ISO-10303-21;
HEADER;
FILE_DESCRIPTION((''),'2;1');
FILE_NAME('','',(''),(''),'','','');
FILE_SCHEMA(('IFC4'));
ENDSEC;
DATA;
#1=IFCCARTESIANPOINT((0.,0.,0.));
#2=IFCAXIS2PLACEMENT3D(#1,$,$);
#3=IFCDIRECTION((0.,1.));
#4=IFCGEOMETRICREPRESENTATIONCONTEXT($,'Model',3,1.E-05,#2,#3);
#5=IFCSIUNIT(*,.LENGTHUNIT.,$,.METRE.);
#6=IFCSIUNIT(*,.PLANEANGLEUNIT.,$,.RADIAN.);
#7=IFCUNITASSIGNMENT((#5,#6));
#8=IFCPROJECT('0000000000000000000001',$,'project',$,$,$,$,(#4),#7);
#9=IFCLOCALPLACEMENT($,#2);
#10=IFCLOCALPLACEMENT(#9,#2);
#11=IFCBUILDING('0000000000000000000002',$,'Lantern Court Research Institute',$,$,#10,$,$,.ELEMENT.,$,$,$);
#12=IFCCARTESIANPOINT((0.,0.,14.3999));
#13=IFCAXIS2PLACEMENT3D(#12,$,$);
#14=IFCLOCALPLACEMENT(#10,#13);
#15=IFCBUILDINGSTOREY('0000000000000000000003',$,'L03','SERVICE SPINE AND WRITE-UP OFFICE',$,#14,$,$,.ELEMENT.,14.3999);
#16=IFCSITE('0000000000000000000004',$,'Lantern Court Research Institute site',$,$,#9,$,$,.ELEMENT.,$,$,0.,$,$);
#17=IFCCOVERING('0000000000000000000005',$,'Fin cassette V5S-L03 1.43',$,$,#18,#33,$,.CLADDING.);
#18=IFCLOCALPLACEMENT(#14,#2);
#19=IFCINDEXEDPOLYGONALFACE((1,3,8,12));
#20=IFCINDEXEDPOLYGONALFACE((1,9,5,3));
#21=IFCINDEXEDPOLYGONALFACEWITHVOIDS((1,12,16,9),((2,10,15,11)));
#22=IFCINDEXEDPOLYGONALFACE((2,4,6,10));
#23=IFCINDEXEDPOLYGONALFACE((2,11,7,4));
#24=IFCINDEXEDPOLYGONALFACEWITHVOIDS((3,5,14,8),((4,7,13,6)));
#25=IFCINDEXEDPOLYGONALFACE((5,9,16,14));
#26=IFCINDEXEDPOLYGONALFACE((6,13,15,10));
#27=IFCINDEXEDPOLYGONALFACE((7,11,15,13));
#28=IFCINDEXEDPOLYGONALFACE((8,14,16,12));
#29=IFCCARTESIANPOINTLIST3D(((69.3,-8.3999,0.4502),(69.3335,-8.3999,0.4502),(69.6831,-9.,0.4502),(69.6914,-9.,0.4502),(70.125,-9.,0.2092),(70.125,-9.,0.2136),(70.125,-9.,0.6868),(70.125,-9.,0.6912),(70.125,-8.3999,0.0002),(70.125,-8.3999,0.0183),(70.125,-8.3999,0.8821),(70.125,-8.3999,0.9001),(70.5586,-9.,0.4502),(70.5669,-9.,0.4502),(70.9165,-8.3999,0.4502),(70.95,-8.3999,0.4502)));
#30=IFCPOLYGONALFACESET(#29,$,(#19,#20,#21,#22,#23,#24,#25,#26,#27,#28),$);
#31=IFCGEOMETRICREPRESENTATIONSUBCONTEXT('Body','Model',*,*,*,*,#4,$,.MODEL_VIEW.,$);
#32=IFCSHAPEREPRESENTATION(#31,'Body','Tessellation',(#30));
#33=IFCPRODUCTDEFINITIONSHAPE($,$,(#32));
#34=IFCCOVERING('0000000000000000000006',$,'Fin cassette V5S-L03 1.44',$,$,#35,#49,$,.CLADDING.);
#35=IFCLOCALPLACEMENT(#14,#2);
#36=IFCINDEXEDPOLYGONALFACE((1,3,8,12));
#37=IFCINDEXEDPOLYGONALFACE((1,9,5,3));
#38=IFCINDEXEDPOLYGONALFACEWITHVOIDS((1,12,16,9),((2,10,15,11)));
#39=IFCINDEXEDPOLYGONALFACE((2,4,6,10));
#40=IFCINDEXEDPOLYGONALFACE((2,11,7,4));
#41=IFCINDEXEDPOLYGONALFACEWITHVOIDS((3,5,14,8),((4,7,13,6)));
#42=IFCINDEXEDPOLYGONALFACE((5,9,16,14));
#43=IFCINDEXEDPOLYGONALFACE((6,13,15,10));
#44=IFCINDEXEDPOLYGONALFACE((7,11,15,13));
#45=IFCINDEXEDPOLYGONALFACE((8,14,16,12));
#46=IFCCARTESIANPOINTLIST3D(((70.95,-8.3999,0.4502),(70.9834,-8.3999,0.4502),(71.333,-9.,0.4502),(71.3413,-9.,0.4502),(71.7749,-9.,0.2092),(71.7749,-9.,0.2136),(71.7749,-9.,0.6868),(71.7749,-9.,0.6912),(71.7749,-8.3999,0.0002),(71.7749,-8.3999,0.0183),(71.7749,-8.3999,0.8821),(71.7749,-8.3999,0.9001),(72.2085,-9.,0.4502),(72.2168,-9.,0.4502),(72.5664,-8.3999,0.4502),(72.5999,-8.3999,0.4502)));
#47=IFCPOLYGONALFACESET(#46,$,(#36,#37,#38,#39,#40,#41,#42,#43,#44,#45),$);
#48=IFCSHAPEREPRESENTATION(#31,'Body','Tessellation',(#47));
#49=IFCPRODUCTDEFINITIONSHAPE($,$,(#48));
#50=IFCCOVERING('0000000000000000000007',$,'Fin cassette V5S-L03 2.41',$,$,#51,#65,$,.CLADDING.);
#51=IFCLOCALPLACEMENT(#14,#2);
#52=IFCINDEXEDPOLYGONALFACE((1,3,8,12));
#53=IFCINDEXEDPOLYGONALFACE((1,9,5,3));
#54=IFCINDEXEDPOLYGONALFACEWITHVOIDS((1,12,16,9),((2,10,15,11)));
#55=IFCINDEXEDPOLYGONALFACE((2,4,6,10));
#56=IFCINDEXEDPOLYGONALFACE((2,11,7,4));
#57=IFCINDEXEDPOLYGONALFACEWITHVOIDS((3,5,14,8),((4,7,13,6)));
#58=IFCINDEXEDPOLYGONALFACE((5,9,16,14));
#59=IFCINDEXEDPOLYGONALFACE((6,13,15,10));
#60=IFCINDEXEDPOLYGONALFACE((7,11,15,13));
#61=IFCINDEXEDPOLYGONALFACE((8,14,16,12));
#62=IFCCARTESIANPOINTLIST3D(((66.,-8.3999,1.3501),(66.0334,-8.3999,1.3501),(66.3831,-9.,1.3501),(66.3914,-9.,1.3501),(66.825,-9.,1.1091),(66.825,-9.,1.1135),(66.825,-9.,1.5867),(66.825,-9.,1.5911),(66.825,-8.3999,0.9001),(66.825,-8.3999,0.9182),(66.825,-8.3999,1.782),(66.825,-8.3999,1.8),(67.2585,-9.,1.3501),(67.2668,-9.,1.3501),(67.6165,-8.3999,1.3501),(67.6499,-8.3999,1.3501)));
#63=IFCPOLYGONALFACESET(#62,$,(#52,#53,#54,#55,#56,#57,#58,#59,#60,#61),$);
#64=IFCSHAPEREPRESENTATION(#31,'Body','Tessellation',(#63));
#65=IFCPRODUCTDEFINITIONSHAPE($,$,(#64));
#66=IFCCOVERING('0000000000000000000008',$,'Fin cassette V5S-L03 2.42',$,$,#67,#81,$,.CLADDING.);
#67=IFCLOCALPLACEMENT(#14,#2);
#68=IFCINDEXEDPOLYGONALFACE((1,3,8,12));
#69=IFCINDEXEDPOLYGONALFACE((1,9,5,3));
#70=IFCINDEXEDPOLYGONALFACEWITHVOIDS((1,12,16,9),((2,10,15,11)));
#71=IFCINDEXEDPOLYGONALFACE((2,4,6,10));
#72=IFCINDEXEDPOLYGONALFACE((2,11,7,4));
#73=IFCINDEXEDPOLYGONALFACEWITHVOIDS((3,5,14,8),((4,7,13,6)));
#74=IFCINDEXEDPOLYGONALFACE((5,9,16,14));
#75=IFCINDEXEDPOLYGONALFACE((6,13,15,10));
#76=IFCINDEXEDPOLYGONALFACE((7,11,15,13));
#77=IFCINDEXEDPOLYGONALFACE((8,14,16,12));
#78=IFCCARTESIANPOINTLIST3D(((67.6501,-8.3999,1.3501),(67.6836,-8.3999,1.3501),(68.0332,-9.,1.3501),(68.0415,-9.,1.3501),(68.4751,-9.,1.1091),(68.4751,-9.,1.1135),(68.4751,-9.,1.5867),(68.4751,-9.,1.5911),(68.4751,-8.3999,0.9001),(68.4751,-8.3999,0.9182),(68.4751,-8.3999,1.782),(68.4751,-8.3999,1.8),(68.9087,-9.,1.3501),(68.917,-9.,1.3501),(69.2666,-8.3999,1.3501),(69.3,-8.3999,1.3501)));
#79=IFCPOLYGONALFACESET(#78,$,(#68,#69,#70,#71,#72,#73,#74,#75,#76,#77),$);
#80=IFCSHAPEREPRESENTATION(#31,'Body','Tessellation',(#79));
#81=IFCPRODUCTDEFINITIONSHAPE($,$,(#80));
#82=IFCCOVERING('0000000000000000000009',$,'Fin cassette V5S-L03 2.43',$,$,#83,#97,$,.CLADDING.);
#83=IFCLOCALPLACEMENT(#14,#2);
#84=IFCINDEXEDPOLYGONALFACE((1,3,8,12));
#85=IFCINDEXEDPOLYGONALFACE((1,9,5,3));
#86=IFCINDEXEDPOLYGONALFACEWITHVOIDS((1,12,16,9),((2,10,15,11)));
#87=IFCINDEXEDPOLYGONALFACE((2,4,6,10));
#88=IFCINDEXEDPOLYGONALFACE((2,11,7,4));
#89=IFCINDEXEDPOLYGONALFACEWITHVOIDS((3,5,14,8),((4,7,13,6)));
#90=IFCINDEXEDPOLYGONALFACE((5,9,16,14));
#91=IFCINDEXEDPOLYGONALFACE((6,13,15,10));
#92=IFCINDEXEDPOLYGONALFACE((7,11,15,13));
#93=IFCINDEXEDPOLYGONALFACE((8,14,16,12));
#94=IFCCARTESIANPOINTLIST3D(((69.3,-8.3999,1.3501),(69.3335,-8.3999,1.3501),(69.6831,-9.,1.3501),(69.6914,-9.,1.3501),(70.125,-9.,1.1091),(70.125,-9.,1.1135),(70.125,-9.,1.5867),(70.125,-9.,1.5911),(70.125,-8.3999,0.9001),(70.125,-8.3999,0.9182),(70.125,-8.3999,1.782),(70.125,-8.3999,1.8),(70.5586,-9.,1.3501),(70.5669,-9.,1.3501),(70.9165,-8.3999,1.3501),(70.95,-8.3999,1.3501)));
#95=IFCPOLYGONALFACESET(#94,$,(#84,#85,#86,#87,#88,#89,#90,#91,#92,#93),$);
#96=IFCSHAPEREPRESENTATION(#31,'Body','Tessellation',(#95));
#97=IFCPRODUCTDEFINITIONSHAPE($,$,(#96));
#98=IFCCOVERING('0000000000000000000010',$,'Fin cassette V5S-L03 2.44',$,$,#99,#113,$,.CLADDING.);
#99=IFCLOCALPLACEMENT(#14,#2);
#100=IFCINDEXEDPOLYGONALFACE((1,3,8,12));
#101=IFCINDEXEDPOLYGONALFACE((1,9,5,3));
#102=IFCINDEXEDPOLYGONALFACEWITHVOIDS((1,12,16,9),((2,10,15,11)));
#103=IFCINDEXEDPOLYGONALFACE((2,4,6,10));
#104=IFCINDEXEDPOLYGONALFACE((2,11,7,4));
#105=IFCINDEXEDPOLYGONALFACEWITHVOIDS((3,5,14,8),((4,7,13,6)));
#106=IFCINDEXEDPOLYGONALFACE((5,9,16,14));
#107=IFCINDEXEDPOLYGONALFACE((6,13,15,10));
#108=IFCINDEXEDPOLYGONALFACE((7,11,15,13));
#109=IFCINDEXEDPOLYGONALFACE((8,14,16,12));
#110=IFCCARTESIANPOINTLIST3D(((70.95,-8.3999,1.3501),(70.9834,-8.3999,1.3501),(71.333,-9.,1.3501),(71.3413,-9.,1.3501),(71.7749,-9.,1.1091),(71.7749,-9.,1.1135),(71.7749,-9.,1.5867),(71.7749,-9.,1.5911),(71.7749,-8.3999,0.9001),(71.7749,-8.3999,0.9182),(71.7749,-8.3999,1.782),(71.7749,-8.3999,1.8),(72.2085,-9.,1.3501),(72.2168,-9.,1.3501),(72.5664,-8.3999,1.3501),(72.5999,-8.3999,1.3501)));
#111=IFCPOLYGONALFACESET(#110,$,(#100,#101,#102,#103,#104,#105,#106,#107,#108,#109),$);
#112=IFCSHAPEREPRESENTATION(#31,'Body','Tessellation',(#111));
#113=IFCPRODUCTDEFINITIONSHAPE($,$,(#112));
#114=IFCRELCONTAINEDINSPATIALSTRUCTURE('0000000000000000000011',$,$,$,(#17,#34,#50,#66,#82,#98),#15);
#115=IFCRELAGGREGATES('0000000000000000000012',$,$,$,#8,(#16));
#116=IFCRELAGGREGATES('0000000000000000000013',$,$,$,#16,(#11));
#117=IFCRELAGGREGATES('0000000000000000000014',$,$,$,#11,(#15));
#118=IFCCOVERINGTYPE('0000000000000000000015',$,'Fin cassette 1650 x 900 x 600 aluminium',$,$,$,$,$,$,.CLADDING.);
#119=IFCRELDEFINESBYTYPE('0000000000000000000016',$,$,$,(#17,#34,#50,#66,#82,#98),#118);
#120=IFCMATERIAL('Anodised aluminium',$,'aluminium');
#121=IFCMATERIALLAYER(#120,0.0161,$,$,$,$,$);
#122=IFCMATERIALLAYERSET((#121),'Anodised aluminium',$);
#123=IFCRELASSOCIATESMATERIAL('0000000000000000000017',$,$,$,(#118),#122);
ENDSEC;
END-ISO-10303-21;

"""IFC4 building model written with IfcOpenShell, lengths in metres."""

from ifc_helpers import new_model, entity, si_unit, direction, frame, origin, place, context, subcontext, project, spatial, material, layer, layer_set, type_object, element, save


model = new_model("IFC4")

# Units and contexts
model_context = context("Model", 3, precision=1e-05, world=origin(), true_north=direction((0.0, 1.0)))
body_context = subcontext(model_context, "Body", "Model", "MODEL_VIEW")
ifc_project = project(units=[si_unit("LENGTHUNIT", "METRE"), si_unit("PLANEANGLEUNIT", "RADIAN")], contexts=[model_context])

# Site, building, storey
site_placement = place(None, origin())
site = spatial("IfcSite", under=ifc_project, at=site_placement, Name="Lantern Court Research Institute site", CompositionType="ELEMENT", RefElevation=0.0)
building_placement = place(site_placement, origin())
building = spatial("IfcBuilding", under=site, at=building_placement, Name="Lantern Court Research Institute", CompositionType="ELEMENT")
storey_placement = place(building_placement, frame((0.0, 0.0, 14.3999)))
storey = spatial("IfcBuildingStorey", under=building, at=storey_placement, Name="L03", Description="SERVICE SPINE AND WRITE-UP OFFICE", CompositionType="ELEMENT", Elevation=14.3999)

# Coverings
ifc_material_1 = material(Name="Anodised aluminium", Category="aluminium")
ifc_layer_1 = layer(ifc_material_1, 0.0161)
ifc_layer_set_1 = layer_set([ifc_layer_1], Name="Anodised aluminium")
covering_type = type_object("IfcCoveringType", Name="Fin cassette 1650 x 900 x 600 aluminium", PredefinedType="CLADDING", material=ifc_layer_set_1)
covering_1_placement = place(storey_placement, frame((70.125, -8.3999, 0.4502), z_axis=(0.0, -1.0, 0.0), x_axis=(1.0, 0.0, 0.0)))
cartesian_point_1 = entity("IfcCartesianPoint", [0.825, 0.0])
cartesian_point_2 = entity("IfcCartesianPoint", [0.7915, 0.0])
cartesian_point_3 = entity("IfcCartesianPoint", [0.4419, 0.0])
cartesian_point_4 = entity("IfcCartesianPoint", [0.4336, 0.0])
element("IfcCovering", 1, at=covering_1_placement, inside=storey, type_object=covering_type, Name="Fin cassette V5S-L03 1.43", PredefinedType="CLADDING", context=body_context, shape_type="SweptSolid", body=[
    entity("IfcExtrudedAreaSolidTapered", entity("IfcArbitraryProfileDefWithVoids", "AREA", None, entity("IfcPolyline", [cartesian_point_1, entity("IfcCartesianPoint", [0.0, 0.45]), entity("IfcCartesianPoint", [-0.825, 0.0]), entity("IfcCartesianPoint", [0.0, -0.45]), cartesian_point_1]), [entity("IfcPolyline", [cartesian_point_2, entity("IfcCartesianPoint", [0.0, 0.4319]), entity("IfcCartesianPoint", [-0.7915, 0.0]), entity("IfcCartesianPoint", [0.0, -0.4319]), cartesian_point_2])]), entity("IfcAxis2Placement3D", entity("IfcCartesianPoint", [0.0, 0.0, 0.0])), entity("IfcDirection", [0.0, 0.0, 1.0]), 0.6001, entity("IfcArbitraryProfileDefWithVoids", "AREA", None, entity("IfcPolyline", [cartesian_point_3, entity("IfcCartesianPoint", [0.0, 0.241]), entity("IfcCartesianPoint", [-0.4419, 0.0]), entity("IfcCartesianPoint", [0.0, -0.241]), cartesian_point_3]), [entity("IfcPolyline", [cartesian_point_4, entity("IfcCartesianPoint", [0.0, 0.2366]), entity("IfcCartesianPoint", [-0.4336, 0.0]), entity("IfcCartesianPoint", [0.0, -0.2366]), cartesian_point_4])])),
])
covering_2_placement = place(storey_placement, frame((71.7749, -8.3999, 0.4502), z_axis=(0.0, -1.0, 0.0), x_axis=(1.0, 0.0, 0.0)))
cartesian_point_5 = entity("IfcCartesianPoint", [0.825, 0.0])
cartesian_point_6 = entity("IfcCartesianPoint", [0.7915, 0.0])
cartesian_point_7 = entity("IfcCartesianPoint", [0.4419, 0.0])
cartesian_point_8 = entity("IfcCartesianPoint", [0.4336, 0.0])
element("IfcCovering", 2, at=covering_2_placement, inside=storey, type_object=covering_type, Name="Fin cassette V5S-L03 1.44", PredefinedType="CLADDING", context=body_context, shape_type="SweptSolid", body=[
    entity("IfcExtrudedAreaSolidTapered", entity("IfcArbitraryProfileDefWithVoids", "AREA", None, entity("IfcPolyline", [cartesian_point_5, entity("IfcCartesianPoint", [0.0, 0.45]), entity("IfcCartesianPoint", [-0.825, 0.0]), entity("IfcCartesianPoint", [0.0, -0.45]), cartesian_point_5]), [entity("IfcPolyline", [cartesian_point_6, entity("IfcCartesianPoint", [0.0, 0.4319]), entity("IfcCartesianPoint", [-0.7915, 0.0]), entity("IfcCartesianPoint", [0.0, -0.4319]), cartesian_point_6])]), entity("IfcAxis2Placement3D", entity("IfcCartesianPoint", [0.0, 0.0, 0.0])), entity("IfcDirection", [0.0, 0.0, 1.0]), 0.6001, entity("IfcArbitraryProfileDefWithVoids", "AREA", None, entity("IfcPolyline", [cartesian_point_7, entity("IfcCartesianPoint", [0.0, 0.241]), entity("IfcCartesianPoint", [-0.4419, 0.0]), entity("IfcCartesianPoint", [0.0, -0.241]), cartesian_point_7]), [entity("IfcPolyline", [cartesian_point_8, entity("IfcCartesianPoint", [0.0, 0.2366]), entity("IfcCartesianPoint", [-0.4336, 0.0]), entity("IfcCartesianPoint", [0.0, -0.2366]), cartesian_point_8])])),
])
covering_3_placement = place(storey_placement, frame((66.825, -8.3999, 1.3501), z_axis=(0.0, -1.0, 0.0), x_axis=(1.0, 0.0, 0.0)))
cartesian_point_9 = entity("IfcCartesianPoint", [0.825, 0.0])
cartesian_point_10 = entity("IfcCartesianPoint", [0.7915, 0.0])
cartesian_point_11 = entity("IfcCartesianPoint", [0.4419, 0.0])
cartesian_point_12 = entity("IfcCartesianPoint", [0.4336, 0.0])
element("IfcCovering", 3, at=covering_3_placement, inside=storey, type_object=covering_type, Name="Fin cassette V5S-L03 2.41", PredefinedType="CLADDING", context=body_context, shape_type="SweptSolid", body=[
    entity("IfcExtrudedAreaSolidTapered", entity("IfcArbitraryProfileDefWithVoids", "AREA", None, entity("IfcPolyline", [cartesian_point_9, entity("IfcCartesianPoint", [0.0, 0.45]), entity("IfcCartesianPoint", [-0.825, 0.0]), entity("IfcCartesianPoint", [0.0, -0.45]), cartesian_point_9]), [entity("IfcPolyline", [cartesian_point_10, entity("IfcCartesianPoint", [0.0, 0.4319]), entity("IfcCartesianPoint", [-0.7915, 0.0]), entity("IfcCartesianPoint", [0.0, -0.4319]), cartesian_point_10])]), entity("IfcAxis2Placement3D", entity("IfcCartesianPoint", [0.0, 0.0, 0.0])), entity("IfcDirection", [0.0, 0.0, 1.0]), 0.6001, entity("IfcArbitraryProfileDefWithVoids", "AREA", None, entity("IfcPolyline", [cartesian_point_11, entity("IfcCartesianPoint", [0.0, 0.241]), entity("IfcCartesianPoint", [-0.4419, 0.0]), entity("IfcCartesianPoint", [0.0, -0.241]), cartesian_point_11]), [entity("IfcPolyline", [cartesian_point_12, entity("IfcCartesianPoint", [0.0, 0.2366]), entity("IfcCartesianPoint", [-0.4336, 0.0]), entity("IfcCartesianPoint", [0.0, -0.2366]), cartesian_point_12])])),
])
covering_4_placement = place(storey_placement, frame((68.4751, -8.3999, 1.3501), z_axis=(0.0, -1.0, 0.0), x_axis=(1.0, 0.0, 0.0)))
cartesian_point_13 = entity("IfcCartesianPoint", [0.825, 0.0])
cartesian_point_14 = entity("IfcCartesianPoint", [0.7915, 0.0])
cartesian_point_15 = entity("IfcCartesianPoint", [0.4419, 0.0])
cartesian_point_16 = entity("IfcCartesianPoint", [0.4336, 0.0])
element("IfcCovering", 4, at=covering_4_placement, inside=storey, type_object=covering_type, Name="Fin cassette V5S-L03 2.42", PredefinedType="CLADDING", context=body_context, shape_type="SweptSolid", body=[
    entity("IfcExtrudedAreaSolidTapered", entity("IfcArbitraryProfileDefWithVoids", "AREA", None, entity("IfcPolyline", [cartesian_point_13, entity("IfcCartesianPoint", [0.0, 0.45]), entity("IfcCartesianPoint", [-0.825, 0.0]), entity("IfcCartesianPoint", [0.0, -0.45]), cartesian_point_13]), [entity("IfcPolyline", [cartesian_point_14, entity("IfcCartesianPoint", [0.0, 0.4319]), entity("IfcCartesianPoint", [-0.7915, 0.0]), entity("IfcCartesianPoint", [0.0, -0.4319]), cartesian_point_14])]), entity("IfcAxis2Placement3D", entity("IfcCartesianPoint", [0.0, 0.0, 0.0])), entity("IfcDirection", [0.0, 0.0, 1.0]), 0.6001, entity("IfcArbitraryProfileDefWithVoids", "AREA", None, entity("IfcPolyline", [cartesian_point_15, entity("IfcCartesianPoint", [0.0, 0.241]), entity("IfcCartesianPoint", [-0.4419, 0.0]), entity("IfcCartesianPoint", [0.0, -0.241]), cartesian_point_15]), [entity("IfcPolyline", [cartesian_point_16, entity("IfcCartesianPoint", [0.0, 0.2366]), entity("IfcCartesianPoint", [-0.4336, 0.0]), entity("IfcCartesianPoint", [0.0, -0.2366]), cartesian_point_16])])),
])
covering_5_placement = place(storey_placement, frame((70.125, -8.3999, 1.3501), z_axis=(0.0, -1.0, 0.0), x_axis=(1.0, 0.0, 0.0)))
cartesian_point_17 = entity("IfcCartesianPoint", [0.825, 0.0])
cartesian_point_18 = entity("IfcCartesianPoint", [0.7915, 0.0])
cartesian_point_19 = entity("IfcCartesianPoint", [0.4419, 0.0])
cartesian_point_20 = entity("IfcCartesianPoint", [0.4336, 0.0])
element("IfcCovering", 5, at=covering_5_placement, inside=storey, type_object=covering_type, Name="Fin cassette V5S-L03 2.43", PredefinedType="CLADDING", context=body_context, shape_type="SweptSolid", body=[
    entity("IfcExtrudedAreaSolidTapered", entity("IfcArbitraryProfileDefWithVoids", "AREA", None, entity("IfcPolyline", [cartesian_point_17, entity("IfcCartesianPoint", [0.0, 0.45]), entity("IfcCartesianPoint", [-0.825, 0.0]), entity("IfcCartesianPoint", [0.0, -0.45]), cartesian_point_17]), [entity("IfcPolyline", [cartesian_point_18, entity("IfcCartesianPoint", [0.0, 0.4319]), entity("IfcCartesianPoint", [-0.7915, 0.0]), entity("IfcCartesianPoint", [0.0, -0.4319]), cartesian_point_18])]), entity("IfcAxis2Placement3D", entity("IfcCartesianPoint", [0.0, 0.0, 0.0])), entity("IfcDirection", [0.0, 0.0, 1.0]), 0.6001, entity("IfcArbitraryProfileDefWithVoids", "AREA", None, entity("IfcPolyline", [cartesian_point_19, entity("IfcCartesianPoint", [0.0, 0.241]), entity("IfcCartesianPoint", [-0.4419, 0.0]), entity("IfcCartesianPoint", [0.0, -0.241]), cartesian_point_19]), [entity("IfcPolyline", [cartesian_point_20, entity("IfcCartesianPoint", [0.0, 0.2366]), entity("IfcCartesianPoint", [-0.4336, 0.0]), entity("IfcCartesianPoint", [0.0, -0.2366]), cartesian_point_20])])),
])
covering_6_placement = place(storey_placement, frame((71.7749, -8.3999, 1.3501), z_axis=(0.0, -1.0, 0.0), x_axis=(1.0, 0.0, 0.0)))
cartesian_point_21 = entity("IfcCartesianPoint", [0.825, 0.0])
cartesian_point_22 = entity("IfcCartesianPoint", [0.7915, 0.0])
cartesian_point_23 = entity("IfcCartesianPoint", [0.4419, 0.0])
cartesian_point_24 = entity("IfcCartesianPoint", [0.4336, 0.0])
element("IfcCovering", 6, at=covering_6_placement, inside=storey, type_object=covering_type, Name="Fin cassette V5S-L03 2.44", PredefinedType="CLADDING", context=body_context, shape_type="SweptSolid", body=[
    entity("IfcExtrudedAreaSolidTapered", entity("IfcArbitraryProfileDefWithVoids", "AREA", None, entity("IfcPolyline", [cartesian_point_21, entity("IfcCartesianPoint", [0.0, 0.45]), entity("IfcCartesianPoint", [-0.825, 0.0]), entity("IfcCartesianPoint", [0.0, -0.45]), cartesian_point_21]), [entity("IfcPolyline", [cartesian_point_22, entity("IfcCartesianPoint", [0.0, 0.4319]), entity("IfcCartesianPoint", [-0.7915, 0.0]), entity("IfcCartesianPoint", [0.0, -0.4319]), cartesian_point_22])]), entity("IfcAxis2Placement3D", entity("IfcCartesianPoint", [0.0, 0.0, 0.0])), entity("IfcDirection", [0.0, 0.0, 1.0]), 0.6001, entity("IfcArbitraryProfileDefWithVoids", "AREA", None, entity("IfcPolyline", [cartesian_point_23, entity("IfcCartesianPoint", [0.0, 0.241]), entity("IfcCartesianPoint", [-0.4419, 0.0]), entity("IfcCartesianPoint", [0.0, -0.241]), cartesian_point_23]), [entity("IfcPolyline", [cartesian_point_24, entity("IfcCartesianPoint", [0.0, 0.2366]), entity("IfcCartesianPoint", [-0.4336, 0.0]), entity("IfcCartesianPoint", [0.0, -0.2366]), cartesian_point_24])])),
])

save(model, "model.ifc")
